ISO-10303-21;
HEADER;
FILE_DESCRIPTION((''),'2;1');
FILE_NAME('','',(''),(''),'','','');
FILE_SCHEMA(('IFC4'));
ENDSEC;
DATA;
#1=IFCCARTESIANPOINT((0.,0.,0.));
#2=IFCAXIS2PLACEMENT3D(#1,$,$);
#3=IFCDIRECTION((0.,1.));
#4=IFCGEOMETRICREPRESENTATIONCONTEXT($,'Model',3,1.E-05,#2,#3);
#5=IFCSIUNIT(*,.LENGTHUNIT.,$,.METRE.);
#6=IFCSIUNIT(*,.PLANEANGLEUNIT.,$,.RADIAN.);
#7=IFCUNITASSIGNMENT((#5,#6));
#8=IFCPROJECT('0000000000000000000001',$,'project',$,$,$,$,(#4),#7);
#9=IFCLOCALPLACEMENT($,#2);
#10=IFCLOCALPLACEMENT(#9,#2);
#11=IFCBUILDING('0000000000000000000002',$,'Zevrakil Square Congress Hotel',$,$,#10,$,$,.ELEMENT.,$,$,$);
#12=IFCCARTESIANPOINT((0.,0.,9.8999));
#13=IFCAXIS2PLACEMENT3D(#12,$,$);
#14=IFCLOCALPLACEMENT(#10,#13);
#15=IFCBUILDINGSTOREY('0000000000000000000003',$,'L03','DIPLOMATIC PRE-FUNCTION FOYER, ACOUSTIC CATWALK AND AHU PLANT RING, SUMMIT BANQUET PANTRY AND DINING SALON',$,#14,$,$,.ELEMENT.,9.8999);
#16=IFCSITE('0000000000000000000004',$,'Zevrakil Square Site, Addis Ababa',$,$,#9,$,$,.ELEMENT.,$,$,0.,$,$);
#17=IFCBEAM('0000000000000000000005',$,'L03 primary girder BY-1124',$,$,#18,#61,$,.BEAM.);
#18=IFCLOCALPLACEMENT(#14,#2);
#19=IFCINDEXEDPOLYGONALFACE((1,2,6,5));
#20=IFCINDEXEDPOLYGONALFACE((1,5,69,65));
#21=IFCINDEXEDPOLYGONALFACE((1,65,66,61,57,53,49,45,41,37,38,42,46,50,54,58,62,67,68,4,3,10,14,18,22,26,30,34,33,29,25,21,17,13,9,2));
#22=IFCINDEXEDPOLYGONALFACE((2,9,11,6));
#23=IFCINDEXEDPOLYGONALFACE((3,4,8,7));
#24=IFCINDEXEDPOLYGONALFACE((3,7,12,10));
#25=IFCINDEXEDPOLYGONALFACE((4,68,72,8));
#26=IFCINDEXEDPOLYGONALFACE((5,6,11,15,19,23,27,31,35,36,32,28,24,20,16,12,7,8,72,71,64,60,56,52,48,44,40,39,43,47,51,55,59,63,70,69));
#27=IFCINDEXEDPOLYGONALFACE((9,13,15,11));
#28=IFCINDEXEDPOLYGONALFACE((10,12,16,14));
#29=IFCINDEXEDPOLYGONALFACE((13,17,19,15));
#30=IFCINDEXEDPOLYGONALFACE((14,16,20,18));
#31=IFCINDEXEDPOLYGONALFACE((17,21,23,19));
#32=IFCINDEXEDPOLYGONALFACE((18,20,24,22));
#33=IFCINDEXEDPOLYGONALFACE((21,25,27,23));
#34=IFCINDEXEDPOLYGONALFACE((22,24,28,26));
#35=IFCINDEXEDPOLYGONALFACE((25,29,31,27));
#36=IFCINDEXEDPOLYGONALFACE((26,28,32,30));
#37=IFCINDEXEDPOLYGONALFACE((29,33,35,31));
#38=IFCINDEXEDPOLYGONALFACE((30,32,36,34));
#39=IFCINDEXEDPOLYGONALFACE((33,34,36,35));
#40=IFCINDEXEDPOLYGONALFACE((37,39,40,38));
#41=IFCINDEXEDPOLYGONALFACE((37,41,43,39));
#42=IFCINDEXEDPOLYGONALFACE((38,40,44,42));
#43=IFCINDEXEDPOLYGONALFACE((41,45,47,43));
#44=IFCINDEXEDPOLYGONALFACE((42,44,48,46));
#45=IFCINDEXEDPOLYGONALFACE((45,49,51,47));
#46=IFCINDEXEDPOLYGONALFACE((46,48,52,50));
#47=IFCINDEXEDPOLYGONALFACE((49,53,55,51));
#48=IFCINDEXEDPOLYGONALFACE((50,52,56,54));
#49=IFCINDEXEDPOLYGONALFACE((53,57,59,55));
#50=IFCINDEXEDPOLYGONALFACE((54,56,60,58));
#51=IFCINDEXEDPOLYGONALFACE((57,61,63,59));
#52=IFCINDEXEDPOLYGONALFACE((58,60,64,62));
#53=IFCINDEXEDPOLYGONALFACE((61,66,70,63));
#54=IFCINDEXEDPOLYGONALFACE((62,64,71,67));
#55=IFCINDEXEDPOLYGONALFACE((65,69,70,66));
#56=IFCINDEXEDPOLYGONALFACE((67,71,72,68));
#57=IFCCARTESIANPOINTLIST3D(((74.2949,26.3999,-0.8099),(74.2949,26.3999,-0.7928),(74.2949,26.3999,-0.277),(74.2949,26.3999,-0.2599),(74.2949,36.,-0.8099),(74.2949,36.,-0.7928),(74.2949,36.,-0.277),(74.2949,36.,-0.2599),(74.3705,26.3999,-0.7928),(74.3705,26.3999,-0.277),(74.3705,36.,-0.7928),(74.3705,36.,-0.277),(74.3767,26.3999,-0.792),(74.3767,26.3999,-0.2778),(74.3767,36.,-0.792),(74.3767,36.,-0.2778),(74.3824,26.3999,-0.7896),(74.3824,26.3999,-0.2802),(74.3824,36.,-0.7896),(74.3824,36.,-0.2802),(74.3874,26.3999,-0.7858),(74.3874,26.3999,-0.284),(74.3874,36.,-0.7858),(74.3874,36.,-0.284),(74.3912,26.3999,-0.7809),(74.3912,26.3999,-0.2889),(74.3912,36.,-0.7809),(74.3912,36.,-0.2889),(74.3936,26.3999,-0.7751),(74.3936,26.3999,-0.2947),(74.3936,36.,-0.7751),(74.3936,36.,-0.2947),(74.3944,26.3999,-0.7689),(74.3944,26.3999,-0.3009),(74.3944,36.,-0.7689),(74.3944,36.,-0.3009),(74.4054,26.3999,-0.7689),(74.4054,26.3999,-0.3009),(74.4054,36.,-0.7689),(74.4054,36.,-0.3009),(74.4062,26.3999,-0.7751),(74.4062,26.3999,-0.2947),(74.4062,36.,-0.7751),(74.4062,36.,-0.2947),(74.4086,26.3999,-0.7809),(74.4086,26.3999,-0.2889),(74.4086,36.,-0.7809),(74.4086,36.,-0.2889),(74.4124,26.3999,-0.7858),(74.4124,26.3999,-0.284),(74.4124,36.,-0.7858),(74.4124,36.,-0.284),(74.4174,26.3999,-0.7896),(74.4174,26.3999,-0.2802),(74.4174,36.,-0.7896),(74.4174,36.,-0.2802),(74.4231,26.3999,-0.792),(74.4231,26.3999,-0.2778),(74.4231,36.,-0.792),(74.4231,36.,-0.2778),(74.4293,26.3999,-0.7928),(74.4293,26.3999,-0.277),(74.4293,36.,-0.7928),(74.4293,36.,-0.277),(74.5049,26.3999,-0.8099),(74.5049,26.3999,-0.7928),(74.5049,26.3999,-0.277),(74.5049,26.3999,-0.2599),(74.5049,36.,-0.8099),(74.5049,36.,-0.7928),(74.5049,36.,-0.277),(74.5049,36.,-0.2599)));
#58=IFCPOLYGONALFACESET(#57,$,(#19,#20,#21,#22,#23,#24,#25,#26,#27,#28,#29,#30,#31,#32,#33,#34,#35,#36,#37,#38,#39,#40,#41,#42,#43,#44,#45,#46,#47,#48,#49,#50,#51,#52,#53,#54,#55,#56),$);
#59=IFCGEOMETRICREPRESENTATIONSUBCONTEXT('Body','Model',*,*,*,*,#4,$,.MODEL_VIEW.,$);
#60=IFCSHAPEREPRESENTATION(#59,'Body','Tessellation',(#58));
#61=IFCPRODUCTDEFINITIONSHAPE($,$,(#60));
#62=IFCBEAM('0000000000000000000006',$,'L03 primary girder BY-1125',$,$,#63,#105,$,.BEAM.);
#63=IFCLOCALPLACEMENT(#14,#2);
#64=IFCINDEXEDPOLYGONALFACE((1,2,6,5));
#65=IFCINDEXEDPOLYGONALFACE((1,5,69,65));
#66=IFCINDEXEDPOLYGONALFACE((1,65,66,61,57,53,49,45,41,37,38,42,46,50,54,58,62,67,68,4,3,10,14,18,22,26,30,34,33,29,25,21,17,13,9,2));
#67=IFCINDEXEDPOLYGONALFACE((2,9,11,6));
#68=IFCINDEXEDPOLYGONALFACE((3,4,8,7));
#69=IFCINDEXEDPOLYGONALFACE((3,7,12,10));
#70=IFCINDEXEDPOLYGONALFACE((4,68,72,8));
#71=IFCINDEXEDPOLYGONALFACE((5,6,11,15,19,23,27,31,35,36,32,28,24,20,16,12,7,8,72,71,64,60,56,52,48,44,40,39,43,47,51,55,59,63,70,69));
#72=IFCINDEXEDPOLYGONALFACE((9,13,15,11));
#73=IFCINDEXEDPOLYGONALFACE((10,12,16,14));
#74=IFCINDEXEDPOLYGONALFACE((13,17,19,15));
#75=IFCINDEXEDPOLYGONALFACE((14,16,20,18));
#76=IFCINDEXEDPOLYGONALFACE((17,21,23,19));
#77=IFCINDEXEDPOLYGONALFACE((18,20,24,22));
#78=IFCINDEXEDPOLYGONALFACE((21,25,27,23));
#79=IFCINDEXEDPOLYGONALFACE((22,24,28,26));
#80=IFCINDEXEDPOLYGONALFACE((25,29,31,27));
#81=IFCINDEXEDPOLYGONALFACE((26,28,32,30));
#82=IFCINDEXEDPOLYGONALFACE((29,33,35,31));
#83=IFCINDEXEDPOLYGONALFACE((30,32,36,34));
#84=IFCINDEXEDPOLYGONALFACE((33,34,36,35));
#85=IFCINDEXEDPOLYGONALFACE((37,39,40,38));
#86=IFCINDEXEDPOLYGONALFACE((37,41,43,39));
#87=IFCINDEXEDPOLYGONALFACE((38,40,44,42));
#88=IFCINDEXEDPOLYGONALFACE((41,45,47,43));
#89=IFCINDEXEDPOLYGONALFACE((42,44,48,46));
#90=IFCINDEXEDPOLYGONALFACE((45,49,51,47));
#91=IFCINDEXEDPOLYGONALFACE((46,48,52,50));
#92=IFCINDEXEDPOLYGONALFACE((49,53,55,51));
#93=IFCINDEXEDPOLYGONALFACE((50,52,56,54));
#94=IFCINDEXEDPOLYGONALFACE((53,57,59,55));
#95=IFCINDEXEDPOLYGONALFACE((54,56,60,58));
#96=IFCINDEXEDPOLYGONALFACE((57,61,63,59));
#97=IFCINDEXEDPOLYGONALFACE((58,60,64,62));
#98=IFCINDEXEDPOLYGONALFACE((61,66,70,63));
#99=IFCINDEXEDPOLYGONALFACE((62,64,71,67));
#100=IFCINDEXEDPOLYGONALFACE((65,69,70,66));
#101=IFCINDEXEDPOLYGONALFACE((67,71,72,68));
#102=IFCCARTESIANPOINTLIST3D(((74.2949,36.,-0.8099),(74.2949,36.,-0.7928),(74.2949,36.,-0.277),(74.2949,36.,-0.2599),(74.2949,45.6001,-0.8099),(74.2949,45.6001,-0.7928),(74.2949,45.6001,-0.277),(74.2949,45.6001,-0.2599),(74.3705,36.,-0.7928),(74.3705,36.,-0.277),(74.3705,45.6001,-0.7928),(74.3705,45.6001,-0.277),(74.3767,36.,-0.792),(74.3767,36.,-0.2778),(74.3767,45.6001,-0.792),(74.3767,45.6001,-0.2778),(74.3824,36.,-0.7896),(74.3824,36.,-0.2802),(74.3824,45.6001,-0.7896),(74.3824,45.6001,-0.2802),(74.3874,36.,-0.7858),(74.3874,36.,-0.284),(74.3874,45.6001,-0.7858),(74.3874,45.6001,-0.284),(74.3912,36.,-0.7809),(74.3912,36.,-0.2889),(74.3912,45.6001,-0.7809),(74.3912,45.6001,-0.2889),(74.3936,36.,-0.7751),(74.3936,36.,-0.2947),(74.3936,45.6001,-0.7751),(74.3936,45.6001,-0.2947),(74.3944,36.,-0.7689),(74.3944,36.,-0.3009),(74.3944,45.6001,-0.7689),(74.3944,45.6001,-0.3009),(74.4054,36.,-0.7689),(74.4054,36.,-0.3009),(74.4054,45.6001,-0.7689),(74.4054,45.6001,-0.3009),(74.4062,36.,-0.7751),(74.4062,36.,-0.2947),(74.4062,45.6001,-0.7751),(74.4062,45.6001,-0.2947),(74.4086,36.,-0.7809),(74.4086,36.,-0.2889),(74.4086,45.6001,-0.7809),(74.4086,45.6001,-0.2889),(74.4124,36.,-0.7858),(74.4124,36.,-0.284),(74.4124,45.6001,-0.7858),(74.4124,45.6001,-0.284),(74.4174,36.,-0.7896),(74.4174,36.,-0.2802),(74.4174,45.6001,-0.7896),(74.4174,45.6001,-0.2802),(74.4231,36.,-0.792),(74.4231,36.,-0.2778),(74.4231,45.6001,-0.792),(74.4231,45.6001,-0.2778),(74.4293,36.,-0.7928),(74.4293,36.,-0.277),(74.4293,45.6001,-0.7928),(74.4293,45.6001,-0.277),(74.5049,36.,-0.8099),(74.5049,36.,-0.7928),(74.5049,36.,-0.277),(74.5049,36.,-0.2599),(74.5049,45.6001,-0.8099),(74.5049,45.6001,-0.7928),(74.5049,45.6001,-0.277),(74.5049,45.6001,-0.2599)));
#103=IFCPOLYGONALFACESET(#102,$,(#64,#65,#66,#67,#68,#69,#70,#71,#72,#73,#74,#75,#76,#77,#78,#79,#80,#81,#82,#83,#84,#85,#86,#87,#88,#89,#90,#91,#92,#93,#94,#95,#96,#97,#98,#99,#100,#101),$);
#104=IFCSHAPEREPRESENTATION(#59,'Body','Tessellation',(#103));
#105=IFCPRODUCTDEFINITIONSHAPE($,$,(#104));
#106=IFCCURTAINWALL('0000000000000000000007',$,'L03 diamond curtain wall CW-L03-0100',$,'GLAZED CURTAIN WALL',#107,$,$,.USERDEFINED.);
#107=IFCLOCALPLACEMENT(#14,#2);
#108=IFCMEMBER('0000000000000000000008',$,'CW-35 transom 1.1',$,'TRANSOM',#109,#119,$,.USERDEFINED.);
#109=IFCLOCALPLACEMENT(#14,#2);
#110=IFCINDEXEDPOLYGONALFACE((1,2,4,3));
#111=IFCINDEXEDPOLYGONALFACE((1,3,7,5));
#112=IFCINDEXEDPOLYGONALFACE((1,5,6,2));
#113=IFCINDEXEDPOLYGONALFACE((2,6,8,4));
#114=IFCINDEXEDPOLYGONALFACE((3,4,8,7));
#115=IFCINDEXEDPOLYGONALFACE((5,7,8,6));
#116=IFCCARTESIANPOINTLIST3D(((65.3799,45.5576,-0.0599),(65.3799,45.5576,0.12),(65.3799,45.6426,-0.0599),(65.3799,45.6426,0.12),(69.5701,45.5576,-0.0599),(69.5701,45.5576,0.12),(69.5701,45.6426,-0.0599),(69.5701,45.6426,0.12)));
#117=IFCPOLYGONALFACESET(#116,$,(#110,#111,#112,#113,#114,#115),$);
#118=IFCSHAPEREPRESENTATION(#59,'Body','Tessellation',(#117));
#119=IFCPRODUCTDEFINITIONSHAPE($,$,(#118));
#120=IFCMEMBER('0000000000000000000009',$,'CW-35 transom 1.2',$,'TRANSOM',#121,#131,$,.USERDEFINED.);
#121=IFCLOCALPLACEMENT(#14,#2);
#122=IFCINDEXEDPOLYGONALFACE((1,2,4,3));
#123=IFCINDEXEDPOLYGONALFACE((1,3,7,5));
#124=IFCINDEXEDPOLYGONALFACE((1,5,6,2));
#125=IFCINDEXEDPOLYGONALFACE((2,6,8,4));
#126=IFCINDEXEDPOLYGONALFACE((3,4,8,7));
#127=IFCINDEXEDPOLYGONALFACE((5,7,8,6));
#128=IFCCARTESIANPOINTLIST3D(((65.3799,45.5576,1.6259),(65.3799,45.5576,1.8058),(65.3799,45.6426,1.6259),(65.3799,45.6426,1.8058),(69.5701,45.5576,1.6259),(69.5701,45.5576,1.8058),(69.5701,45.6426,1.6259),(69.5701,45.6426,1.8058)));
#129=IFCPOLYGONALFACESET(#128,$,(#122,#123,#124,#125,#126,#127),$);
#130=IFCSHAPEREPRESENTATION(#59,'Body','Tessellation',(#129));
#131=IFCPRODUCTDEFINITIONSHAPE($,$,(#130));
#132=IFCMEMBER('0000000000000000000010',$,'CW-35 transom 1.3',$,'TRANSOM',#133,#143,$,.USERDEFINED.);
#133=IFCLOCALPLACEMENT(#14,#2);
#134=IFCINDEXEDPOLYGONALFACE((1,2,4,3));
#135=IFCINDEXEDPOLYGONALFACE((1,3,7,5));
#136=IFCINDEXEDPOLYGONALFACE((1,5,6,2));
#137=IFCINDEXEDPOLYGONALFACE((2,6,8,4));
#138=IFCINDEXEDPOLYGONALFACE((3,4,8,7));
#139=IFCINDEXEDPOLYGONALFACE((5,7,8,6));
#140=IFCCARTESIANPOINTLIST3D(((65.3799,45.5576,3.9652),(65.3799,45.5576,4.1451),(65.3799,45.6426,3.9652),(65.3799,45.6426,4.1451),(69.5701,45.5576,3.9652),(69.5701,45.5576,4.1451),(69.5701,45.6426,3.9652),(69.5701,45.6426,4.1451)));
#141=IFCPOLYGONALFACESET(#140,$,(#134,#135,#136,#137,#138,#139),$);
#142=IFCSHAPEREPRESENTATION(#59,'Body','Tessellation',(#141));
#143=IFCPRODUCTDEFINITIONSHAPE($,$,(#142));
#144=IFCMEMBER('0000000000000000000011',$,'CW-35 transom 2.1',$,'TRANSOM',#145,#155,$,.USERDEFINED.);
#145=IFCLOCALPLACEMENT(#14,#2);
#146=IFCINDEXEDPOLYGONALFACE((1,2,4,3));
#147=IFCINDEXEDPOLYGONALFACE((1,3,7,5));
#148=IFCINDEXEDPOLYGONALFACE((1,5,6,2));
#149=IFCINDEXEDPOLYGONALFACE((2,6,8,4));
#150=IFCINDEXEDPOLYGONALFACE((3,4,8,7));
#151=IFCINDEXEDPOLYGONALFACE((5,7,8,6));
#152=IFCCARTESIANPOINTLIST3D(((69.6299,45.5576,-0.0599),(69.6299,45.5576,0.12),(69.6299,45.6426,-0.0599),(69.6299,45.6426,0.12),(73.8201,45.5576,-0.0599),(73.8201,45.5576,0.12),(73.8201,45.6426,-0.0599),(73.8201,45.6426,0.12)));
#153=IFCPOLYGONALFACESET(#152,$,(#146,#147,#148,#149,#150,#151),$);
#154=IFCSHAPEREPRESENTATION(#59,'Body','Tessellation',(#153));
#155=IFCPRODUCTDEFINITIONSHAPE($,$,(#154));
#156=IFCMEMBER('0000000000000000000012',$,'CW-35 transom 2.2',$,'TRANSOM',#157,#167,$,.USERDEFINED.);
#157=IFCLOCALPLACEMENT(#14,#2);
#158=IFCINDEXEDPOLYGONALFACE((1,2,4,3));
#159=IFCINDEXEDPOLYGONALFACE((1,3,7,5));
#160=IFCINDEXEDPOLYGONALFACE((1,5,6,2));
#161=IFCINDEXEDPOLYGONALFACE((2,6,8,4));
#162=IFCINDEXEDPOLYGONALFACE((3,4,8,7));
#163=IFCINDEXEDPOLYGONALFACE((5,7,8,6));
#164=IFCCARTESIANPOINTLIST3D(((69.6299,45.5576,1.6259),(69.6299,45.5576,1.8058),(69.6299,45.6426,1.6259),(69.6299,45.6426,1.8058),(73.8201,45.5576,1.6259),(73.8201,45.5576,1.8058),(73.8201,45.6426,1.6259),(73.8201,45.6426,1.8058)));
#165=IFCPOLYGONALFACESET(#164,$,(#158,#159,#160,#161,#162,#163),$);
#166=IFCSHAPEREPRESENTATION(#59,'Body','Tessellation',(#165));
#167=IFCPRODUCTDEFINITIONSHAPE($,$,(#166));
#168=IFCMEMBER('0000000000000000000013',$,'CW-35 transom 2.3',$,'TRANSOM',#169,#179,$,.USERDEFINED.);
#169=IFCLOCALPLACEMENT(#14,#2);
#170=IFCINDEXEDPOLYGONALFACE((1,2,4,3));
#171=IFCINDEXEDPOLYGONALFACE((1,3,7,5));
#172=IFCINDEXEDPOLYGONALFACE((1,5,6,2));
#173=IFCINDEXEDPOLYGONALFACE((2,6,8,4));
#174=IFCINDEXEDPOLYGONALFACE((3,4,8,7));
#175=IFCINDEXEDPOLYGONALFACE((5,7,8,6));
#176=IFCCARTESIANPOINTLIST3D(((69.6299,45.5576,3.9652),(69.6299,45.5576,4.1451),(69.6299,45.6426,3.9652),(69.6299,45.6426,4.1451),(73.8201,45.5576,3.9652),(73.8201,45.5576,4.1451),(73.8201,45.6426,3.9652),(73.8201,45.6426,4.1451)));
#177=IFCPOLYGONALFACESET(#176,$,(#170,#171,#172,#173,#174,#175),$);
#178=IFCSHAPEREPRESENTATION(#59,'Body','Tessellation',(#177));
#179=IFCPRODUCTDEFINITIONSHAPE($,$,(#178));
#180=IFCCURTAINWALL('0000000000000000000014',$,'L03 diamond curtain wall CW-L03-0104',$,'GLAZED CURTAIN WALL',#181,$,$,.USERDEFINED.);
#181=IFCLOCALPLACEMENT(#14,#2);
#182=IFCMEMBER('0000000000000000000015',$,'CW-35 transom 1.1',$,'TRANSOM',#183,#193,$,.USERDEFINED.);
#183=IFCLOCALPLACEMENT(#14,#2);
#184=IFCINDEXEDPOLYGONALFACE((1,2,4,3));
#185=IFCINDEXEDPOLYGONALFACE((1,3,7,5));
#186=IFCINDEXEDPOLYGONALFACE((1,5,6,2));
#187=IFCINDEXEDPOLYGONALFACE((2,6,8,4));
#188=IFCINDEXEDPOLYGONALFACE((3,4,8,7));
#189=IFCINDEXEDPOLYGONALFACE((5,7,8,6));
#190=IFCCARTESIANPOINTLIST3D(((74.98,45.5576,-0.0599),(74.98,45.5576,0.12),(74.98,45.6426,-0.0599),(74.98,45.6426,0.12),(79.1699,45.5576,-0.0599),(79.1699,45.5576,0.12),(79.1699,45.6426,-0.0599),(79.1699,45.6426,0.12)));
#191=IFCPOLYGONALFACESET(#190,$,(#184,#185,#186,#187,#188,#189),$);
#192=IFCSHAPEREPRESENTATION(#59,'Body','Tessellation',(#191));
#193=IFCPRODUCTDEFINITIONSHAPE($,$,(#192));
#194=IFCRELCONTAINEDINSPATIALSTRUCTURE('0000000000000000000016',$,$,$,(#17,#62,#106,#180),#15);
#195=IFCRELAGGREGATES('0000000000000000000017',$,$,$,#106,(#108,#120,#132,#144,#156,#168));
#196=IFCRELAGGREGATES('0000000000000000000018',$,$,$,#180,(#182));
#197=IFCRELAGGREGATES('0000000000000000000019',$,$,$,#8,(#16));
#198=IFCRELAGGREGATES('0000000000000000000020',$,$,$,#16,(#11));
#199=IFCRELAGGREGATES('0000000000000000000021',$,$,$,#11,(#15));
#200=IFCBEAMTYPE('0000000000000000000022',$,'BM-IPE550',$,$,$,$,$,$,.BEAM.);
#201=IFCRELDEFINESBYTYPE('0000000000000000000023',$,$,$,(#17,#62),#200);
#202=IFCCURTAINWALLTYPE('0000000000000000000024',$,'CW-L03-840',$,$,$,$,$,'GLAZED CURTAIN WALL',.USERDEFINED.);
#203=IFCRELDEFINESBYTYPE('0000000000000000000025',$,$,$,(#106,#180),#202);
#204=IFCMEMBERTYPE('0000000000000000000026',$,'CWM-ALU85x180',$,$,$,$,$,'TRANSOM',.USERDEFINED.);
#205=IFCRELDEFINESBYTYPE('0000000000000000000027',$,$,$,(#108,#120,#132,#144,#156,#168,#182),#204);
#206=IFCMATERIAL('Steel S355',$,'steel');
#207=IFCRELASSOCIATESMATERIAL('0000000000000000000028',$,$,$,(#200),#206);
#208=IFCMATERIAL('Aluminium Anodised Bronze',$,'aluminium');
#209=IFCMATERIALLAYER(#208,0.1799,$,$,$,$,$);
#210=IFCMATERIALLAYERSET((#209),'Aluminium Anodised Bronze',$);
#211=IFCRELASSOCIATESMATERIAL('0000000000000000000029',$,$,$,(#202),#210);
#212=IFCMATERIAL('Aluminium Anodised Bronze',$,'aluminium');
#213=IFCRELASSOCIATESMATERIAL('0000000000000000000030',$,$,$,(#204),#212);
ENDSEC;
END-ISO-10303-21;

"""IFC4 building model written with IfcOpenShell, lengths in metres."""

from ifc_helpers import new_model, si_unit, direction, frame, origin, origin_2d, place, context, subcontext, project, spatial, rectangle, i_section, extrude, material, layer, layer_set, material_profile, profile_set, type_object, element, aggregate, save


model = new_model("IFC4")

# Units and contexts
model_context = context("Model", 3, precision=1e-05, world=origin(), true_north=direction((0.0, 1.0)))
body_context = subcontext(model_context, "Body", "Model", "MODEL_VIEW")
ifc_project = project(units=[si_unit("LENGTHUNIT", "METRE"), si_unit("PLANEANGLEUNIT", "RADIAN")], contexts=[model_context])

# Site, building, storey
site_placement = place(None, origin())
site = spatial("IfcSite", under=ifc_project, at=site_placement, Name="Zevrakil Square Site, Addis Ababa", CompositionType="ELEMENT", RefElevation=0.0)
building_placement = place(site_placement, origin())
building = spatial("IfcBuilding", under=site, at=building_placement, Name="Zevrakil Square Congress Hotel", CompositionType="ELEMENT")
storey_placement = place(building_placement, frame((0.0, 0.0, 9.8999)))
storey = spatial("IfcBuildingStorey", under=building, at=storey_placement, Name="L03", Description="DIPLOMATIC PRE-FUNCTION FOYER, ACOUSTIC CATWALK AND AHU PLANT RING, SUMMIT BANQUET PANTRY AND DINING SALON", CompositionType="ELEMENT", Elevation=9.8999)

# Beams
ifc_material_1 = material(Name="Steel S355", Category="steel")
ifc_material_profile_1 = material_profile(ifc_material_1, i_section(OverallWidth=0.21, OverallDepth=0.55, WebThickness=0.011, FlangeThickness=0.0171, FilletRadius=0.0239, at=origin_2d()), Name="IPE 550")
ifc_profile_set_1 = profile_set([ifc_material_profile_1], Name="Steel S355")
beam_type_1 = type_object("IfcBeamType", Name="BM-IPE550", PredefinedType="BEAM", material=ifc_profile_set_1)
for number, where, z_axis, x_axis, name in (
    (1, (74.3999, 26.3999, -0.5349), (0.0, 1.0, 0.0), (-1.0, 0.0, 0.0), "L03 primary girder BY-1124"),
    (2, (74.3999, 36.0, -0.5349), (0.0, 1.0, 0.0), (-1.0, 0.0, 0.0), "L03 primary girder BY-1125"),
):
    element("IfcBeam", number, at=place(storey_placement, frame(where, z_axis=z_axis, x_axis=x_axis)), inside=storey, type_object=beam_type_1, Name=name, PredefinedType="BEAM", context=body_context, shape_type="SweptSolid", body=[
        extrude(i_section(OverallWidth=0.21, OverallDepth=0.55, WebThickness=0.011, FlangeThickness=0.0171, FilletRadius=0.0239, at=origin_2d()), origin(), (0.0, 0.0, 1.0), 9.6001),
    ])

# Curtain walls, members
ifc_material_2 = material(Name="Aluminium Anodised Bronze", Category="aluminium")
ifc_layer_1 = layer(ifc_material_2, 0.1799)
ifc_layer_set_1 = layer_set([ifc_layer_1], Name="Aluminium Anodised Bronze")
curtain_wall_type = type_object("IfcCurtainWallType", Name="CW-L03-840", ElementType="GLAZED CURTAIN WALL", PredefinedType="USERDEFINED", material=ifc_layer_set_1)
curtain_wall_1_placement = place(storey_placement, origin())
curtain_wall_1 = element("IfcCurtainWall", 3, at=curtain_wall_1_placement, inside=storey, type_object=curtain_wall_type, Name="L03 diamond curtain wall CW-L03-0100", ObjectType="GLAZED CURTAIN WALL", PredefinedType="USERDEFINED")
ifc_material_3 = material(Name="Aluminium Anodised Bronze", Category="aluminium")
ifc_material_profile_2 = material_profile(ifc_material_3, rectangle(XDim=0.085, YDim=0.1799, at=origin_2d()), Name="ALU 85x180")
ifc_profile_set_2 = profile_set([ifc_material_profile_2], Name="Aluminium Anodised Bronze")
member_type_1 = type_object("IfcMemberType", Name="CWM-ALU85x180", ElementType="TRANSOM", PredefinedType="USERDEFINED", material=ifc_profile_set_2)
member_1_placement = place(storey_placement, frame((65.3799, 45.6001, 0.03), z_axis=(1.0, 0.0, 0.0), x_axis=(0.0, 1.0, 0.0)))
member_1 = element("IfcMember", 4, at=member_1_placement, type_object=member_type_1, Name="CW-35 transom 1.1", ObjectType="TRANSOM", PredefinedType="USERDEFINED", context=body_context, shape_type="SweptSolid", body=[
    extrude(rectangle(XDim=0.085, YDim=0.1799, at=origin_2d()), origin(), (0.0, 0.0, 1.0), 4.1902),
])
member_2_placement = place(storey_placement, frame((65.3799, 45.6001, 1.7158), z_axis=(1.0, 0.0, 0.0), x_axis=(0.0, 1.0, 0.0)))
member_2 = element("IfcMember", 5, at=member_2_placement, type_object=member_type_1, Name="CW-35 transom 1.2", ObjectType="TRANSOM", PredefinedType="USERDEFINED", context=body_context, shape_type="SweptSolid", body=[
    extrude(rectangle(XDim=0.085, YDim=0.1799, at=origin_2d()), origin(), (0.0, 0.0, 1.0), 4.1902),
])
member_3_placement = place(storey_placement, frame((65.3799, 45.6001, 4.0552), z_axis=(1.0, 0.0, 0.0), x_axis=(0.0, 1.0, 0.0)))
member_3 = element("IfcMember", 6, at=member_3_placement, type_object=member_type_1, Name="CW-35 transom 1.3", ObjectType="TRANSOM", PredefinedType="USERDEFINED", context=body_context, shape_type="SweptSolid", body=[
    extrude(rectangle(XDim=0.085, YDim=0.1799, at=origin_2d()), origin(), (0.0, 0.0, 1.0), 4.1902),
])
member_4_placement = place(storey_placement, frame((69.6299, 45.6001, 0.03), z_axis=(1.0, 0.0, 0.0), x_axis=(0.0, 1.0, 0.0)))
member_4 = element("IfcMember", 7, at=member_4_placement, type_object=member_type_1, Name="CW-35 transom 2.1", ObjectType="TRANSOM", PredefinedType="USERDEFINED", context=body_context, shape_type="SweptSolid", body=[
    extrude(rectangle(XDim=0.085, YDim=0.1799, at=origin_2d()), origin(), (0.0, 0.0, 1.0), 4.1902),
])
member_5_placement = place(storey_placement, frame((69.6299, 45.6001, 1.7158), z_axis=(1.0, 0.0, 0.0), x_axis=(0.0, 1.0, 0.0)))
member_5 = element("IfcMember", 8, at=member_5_placement, type_object=member_type_1, Name="CW-35 transom 2.2", ObjectType="TRANSOM", PredefinedType="USERDEFINED", context=body_context, shape_type="SweptSolid", body=[
    extrude(rectangle(XDim=0.085, YDim=0.1799, at=origin_2d()), origin(), (0.0, 0.0, 1.0), 4.1902),
])
member_6_placement = place(storey_placement, frame((69.6299, 45.6001, 4.0552), z_axis=(1.0, 0.0, 0.0), x_axis=(0.0, 1.0, 0.0)))
member_6 = element("IfcMember", 9, at=member_6_placement, type_object=member_type_1, Name="CW-35 transom 2.3", ObjectType="TRANSOM", PredefinedType="USERDEFINED", context=body_context, shape_type="SweptSolid", body=[
    extrude(rectangle(XDim=0.085, YDim=0.1799, at=origin_2d()), origin(), (0.0, 0.0, 1.0), 4.1902),
])
curtain_wall_2_placement = place(storey_placement, origin())
curtain_wall_2 = element("IfcCurtainWall", 10, at=curtain_wall_2_placement, inside=storey, type_object=curtain_wall_type, Name="L03 diamond curtain wall CW-L03-0104", ObjectType="GLAZED CURTAIN WALL", PredefinedType="USERDEFINED")
member_7_placement = place(storey_placement, frame((74.98, 45.6001, 0.03), z_axis=(1.0, 0.0, 0.0), x_axis=(0.0, 1.0, 0.0)))
member_7 = element("IfcMember", 11, at=member_7_placement, type_object=member_type_1, Name="CW-35 transom 1.1", ObjectType="TRANSOM", PredefinedType="USERDEFINED", context=body_context, shape_type="SweptSolid", body=[
    extrude(rectangle(XDim=0.085, YDim=0.1799, at=origin_2d()), origin(), (0.0, 0.0, 1.0), 4.1899),
])

aggregate(curtain_wall_1, [member_1, member_2, member_3, member_4, member_5, member_6])
aggregate(curtain_wall_2, [member_7])

save(model, "model.ifc")
